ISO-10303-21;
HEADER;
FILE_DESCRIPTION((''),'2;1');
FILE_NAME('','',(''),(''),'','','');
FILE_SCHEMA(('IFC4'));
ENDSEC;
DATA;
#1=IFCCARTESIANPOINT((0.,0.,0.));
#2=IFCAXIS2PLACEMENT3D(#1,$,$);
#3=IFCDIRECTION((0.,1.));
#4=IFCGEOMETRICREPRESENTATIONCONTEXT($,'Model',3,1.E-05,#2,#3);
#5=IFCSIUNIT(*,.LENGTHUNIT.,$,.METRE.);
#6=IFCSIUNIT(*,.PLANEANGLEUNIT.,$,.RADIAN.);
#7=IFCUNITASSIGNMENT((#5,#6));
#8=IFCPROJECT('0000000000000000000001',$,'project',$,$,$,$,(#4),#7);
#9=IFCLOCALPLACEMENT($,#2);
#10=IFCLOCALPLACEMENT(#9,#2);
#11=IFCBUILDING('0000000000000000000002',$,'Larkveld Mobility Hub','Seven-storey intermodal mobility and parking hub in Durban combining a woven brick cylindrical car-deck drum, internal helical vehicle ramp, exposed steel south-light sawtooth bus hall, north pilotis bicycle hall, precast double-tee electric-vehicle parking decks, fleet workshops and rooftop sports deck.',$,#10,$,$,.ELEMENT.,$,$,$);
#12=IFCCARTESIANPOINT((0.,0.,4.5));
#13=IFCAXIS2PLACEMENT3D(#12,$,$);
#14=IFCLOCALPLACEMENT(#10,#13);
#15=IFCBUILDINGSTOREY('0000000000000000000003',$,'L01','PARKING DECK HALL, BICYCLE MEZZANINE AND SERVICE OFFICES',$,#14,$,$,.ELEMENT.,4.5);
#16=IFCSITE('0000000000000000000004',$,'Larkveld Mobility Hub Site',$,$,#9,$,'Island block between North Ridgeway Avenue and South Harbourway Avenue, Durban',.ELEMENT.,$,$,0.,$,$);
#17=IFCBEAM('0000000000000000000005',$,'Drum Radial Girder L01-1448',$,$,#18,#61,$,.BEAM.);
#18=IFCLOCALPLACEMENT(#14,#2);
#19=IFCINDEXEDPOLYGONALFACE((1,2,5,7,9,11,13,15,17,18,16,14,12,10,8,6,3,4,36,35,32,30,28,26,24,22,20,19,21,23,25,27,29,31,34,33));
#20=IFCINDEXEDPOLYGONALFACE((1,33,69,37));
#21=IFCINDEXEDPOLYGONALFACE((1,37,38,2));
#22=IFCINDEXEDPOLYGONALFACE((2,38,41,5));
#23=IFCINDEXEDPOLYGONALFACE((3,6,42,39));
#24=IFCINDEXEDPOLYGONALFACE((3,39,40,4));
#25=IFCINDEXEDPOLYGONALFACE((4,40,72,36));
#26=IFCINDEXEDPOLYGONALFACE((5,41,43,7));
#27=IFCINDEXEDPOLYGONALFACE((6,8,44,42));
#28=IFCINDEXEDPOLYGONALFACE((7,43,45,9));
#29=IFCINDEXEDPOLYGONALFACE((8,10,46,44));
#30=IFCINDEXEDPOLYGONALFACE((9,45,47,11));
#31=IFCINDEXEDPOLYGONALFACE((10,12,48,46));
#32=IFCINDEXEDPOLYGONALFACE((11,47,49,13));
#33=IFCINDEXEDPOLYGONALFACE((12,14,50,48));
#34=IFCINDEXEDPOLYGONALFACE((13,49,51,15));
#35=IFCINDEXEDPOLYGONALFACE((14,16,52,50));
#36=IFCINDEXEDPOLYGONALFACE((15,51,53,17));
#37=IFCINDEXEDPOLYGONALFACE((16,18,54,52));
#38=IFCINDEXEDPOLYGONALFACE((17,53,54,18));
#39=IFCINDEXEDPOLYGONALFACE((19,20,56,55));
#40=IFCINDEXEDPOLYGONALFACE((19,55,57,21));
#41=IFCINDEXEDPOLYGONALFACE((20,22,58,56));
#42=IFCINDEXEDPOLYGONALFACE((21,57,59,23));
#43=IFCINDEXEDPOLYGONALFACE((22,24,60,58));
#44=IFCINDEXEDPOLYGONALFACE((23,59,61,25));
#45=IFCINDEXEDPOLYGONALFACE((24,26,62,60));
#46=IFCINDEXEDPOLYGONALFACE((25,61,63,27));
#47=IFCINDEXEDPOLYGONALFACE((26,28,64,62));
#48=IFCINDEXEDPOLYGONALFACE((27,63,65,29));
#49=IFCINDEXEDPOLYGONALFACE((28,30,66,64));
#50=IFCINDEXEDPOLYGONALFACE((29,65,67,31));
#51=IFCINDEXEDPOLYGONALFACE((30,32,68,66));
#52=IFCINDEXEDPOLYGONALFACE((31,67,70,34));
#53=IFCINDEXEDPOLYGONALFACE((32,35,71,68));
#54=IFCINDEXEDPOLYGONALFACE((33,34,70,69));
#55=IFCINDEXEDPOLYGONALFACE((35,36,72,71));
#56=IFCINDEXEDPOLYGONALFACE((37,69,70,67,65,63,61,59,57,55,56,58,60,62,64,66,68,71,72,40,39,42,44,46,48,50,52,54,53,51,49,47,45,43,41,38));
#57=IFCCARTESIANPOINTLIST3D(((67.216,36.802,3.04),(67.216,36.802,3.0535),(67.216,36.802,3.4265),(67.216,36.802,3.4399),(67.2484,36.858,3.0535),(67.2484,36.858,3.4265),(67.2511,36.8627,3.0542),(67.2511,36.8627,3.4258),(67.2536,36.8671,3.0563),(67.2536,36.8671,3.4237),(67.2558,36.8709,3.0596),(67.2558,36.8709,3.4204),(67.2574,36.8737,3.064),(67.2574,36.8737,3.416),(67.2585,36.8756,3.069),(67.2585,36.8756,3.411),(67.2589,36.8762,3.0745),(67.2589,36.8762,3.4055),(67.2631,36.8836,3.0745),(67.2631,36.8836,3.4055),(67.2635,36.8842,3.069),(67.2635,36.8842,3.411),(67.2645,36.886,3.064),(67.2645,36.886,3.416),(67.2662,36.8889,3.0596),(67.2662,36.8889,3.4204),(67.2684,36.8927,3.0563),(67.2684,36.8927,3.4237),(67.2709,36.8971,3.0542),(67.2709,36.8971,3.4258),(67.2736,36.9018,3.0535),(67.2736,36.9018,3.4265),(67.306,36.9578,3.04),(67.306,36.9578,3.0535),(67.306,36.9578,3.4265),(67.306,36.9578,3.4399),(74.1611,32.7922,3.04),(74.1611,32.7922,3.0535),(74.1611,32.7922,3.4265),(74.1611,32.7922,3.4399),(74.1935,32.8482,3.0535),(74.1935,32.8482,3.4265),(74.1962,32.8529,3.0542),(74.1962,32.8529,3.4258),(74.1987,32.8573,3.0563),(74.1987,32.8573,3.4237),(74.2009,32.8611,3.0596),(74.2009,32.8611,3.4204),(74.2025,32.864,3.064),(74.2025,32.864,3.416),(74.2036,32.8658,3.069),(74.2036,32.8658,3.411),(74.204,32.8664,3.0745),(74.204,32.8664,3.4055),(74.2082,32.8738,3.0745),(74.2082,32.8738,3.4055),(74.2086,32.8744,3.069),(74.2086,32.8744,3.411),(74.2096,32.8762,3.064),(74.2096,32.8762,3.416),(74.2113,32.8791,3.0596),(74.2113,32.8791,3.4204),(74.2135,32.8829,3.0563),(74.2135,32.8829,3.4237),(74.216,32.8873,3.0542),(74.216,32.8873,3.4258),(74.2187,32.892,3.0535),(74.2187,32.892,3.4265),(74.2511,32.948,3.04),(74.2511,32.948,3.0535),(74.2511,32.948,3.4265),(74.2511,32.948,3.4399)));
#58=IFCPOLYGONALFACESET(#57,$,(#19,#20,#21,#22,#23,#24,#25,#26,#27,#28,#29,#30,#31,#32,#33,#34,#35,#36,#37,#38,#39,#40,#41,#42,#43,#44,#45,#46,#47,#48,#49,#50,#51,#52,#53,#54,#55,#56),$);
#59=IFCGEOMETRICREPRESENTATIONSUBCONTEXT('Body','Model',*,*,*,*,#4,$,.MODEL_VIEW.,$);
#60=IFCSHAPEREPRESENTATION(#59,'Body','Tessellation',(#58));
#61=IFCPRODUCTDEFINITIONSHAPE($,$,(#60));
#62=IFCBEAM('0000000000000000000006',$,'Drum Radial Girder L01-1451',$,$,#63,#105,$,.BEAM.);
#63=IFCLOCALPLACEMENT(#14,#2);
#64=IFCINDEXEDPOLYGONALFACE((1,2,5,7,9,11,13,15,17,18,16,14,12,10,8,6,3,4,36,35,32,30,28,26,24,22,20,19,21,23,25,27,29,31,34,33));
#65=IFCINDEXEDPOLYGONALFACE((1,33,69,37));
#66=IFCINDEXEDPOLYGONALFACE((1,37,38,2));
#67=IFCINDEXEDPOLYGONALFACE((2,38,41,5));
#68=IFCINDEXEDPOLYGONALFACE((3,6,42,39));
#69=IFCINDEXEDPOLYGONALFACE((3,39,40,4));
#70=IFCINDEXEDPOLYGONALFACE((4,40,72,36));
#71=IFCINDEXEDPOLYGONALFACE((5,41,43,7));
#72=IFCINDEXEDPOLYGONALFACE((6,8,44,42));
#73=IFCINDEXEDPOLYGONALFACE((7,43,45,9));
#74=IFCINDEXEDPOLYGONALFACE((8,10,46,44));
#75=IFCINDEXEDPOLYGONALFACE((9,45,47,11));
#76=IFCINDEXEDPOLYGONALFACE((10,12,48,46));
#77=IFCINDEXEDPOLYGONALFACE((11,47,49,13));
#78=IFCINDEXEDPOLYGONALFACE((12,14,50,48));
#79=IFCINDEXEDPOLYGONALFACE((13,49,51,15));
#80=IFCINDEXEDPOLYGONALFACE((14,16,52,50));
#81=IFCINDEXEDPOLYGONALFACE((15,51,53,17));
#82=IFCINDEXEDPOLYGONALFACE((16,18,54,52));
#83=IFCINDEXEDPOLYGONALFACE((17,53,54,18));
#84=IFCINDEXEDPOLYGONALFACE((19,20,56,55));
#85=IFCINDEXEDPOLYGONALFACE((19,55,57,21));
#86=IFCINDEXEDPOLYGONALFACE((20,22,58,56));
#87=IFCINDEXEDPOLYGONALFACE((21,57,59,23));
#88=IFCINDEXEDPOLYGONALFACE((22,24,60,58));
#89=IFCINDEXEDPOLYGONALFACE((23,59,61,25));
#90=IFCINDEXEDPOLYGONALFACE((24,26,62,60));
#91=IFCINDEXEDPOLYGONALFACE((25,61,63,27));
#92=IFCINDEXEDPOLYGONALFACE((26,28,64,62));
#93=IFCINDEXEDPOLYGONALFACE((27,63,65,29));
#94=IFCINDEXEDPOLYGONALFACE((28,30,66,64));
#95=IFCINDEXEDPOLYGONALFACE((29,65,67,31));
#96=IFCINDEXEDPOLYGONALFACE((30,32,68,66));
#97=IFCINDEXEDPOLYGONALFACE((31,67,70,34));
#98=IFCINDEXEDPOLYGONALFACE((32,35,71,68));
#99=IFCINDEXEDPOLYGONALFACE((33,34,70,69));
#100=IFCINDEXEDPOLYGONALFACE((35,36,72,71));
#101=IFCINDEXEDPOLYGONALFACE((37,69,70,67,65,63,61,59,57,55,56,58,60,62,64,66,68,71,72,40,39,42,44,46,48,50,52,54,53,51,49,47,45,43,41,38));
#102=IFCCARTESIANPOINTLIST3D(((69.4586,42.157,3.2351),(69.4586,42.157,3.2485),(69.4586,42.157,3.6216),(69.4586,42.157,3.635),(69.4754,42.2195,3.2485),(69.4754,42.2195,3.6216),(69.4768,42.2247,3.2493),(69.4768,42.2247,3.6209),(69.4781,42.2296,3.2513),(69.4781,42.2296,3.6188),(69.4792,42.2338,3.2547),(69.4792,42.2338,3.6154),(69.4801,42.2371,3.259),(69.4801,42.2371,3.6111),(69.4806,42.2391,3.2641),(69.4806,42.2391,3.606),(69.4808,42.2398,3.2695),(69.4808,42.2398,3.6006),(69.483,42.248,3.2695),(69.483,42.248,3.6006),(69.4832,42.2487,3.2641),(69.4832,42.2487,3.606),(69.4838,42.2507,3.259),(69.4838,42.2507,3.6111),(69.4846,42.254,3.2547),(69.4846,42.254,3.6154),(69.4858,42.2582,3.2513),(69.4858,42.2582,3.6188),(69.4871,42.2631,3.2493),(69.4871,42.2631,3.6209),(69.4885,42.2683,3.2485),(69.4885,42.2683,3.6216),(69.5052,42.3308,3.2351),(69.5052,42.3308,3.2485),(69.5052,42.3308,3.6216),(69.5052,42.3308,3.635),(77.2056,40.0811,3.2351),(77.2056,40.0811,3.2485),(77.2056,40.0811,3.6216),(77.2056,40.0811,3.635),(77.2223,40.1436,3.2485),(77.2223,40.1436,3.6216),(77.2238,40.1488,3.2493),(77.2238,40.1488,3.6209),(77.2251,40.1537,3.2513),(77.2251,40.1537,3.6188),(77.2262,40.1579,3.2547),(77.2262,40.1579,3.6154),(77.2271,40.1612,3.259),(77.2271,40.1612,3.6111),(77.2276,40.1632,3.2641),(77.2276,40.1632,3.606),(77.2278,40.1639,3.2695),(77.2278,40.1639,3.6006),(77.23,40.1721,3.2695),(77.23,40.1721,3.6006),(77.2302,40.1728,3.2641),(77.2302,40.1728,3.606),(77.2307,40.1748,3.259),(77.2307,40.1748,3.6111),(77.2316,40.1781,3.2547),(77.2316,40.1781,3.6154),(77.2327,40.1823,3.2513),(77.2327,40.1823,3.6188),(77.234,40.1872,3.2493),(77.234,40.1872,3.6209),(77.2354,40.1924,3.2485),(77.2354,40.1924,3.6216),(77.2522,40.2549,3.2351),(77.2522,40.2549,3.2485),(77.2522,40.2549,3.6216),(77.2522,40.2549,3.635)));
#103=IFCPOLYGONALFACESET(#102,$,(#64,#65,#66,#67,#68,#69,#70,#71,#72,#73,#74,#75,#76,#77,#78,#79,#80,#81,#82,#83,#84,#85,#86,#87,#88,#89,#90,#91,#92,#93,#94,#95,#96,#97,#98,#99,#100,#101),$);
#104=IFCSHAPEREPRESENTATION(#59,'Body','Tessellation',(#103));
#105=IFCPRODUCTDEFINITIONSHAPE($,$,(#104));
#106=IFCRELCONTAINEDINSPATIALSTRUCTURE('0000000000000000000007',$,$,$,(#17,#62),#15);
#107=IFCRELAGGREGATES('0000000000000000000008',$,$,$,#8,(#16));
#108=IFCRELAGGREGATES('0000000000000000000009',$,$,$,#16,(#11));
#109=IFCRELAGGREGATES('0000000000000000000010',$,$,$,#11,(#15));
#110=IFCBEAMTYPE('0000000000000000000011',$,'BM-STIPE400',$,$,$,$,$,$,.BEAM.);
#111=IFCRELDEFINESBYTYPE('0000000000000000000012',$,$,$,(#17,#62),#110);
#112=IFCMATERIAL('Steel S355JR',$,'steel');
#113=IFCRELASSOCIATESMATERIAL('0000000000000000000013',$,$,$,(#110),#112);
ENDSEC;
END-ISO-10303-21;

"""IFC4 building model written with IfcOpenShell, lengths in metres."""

from ifc_helpers import new_model, si_unit, direction, frame, origin, origin_2d, place, context, subcontext, project, spatial, i_section, extrude, material, material_profile, profile_set, type_object, element, save


model = new_model("IFC4")

# Units and contexts
model_context = context("Model", 3, precision=1e-05, world=origin(), true_north=direction((0.0, 1.0)))
body_context = subcontext(model_context, "Body", "Model", "MODEL_VIEW")
ifc_project = project(units=[si_unit("LENGTHUNIT", "METRE"), si_unit("PLANEANGLEUNIT", "RADIAN")], contexts=[model_context])

# Site, building, storey
site_placement = place(None, origin())
site = spatial("IfcSite", under=ifc_project, at=site_placement, Name="Larkveld Mobility Hub Site", LongName="Island block between North Ridgeway Avenue and South Harbourway Avenue, Durban", CompositionType="ELEMENT", RefElevation=0.0)
building_placement = place(site_placement, origin())
building = spatial("IfcBuilding", under=site, at=building_placement, Name="Larkveld Mobility Hub", Description="Seven-storey intermodal mobility and parking hub in Durban combining a woven brick cylindrical car-deck drum, internal helical vehicle ramp, exposed steel south-light sawtooth bus hall, north pilotis bicycle hall, precast double-tee electric-vehicle parking decks, fleet workshops and rooftop sports deck.", CompositionType="ELEMENT")
storey_placement = place(building_placement, frame((0.0, 0.0, 4.5)))
storey = spatial("IfcBuildingStorey", under=building, at=storey_placement, Name="L01", Description="PARKING DECK HALL, BICYCLE MEZZANINE AND SERVICE OFFICES", CompositionType="ELEMENT", Elevation=4.5)

# Beams
ifc_material_1 = material(Name="Steel S355JR", Category="steel")
ifc_material_profile_1 = material_profile(ifc_material_1, i_section(OverallWidth=0.1799, OverallDepth=0.3999, WebThickness=0.0085, FlangeThickness=0.0134, FilletRadius=0.021, at=origin_2d()), Name="IPE 400")
ifc_profile_set_1 = profile_set([ifc_material_profile_1], Name="Steel S355JR")
beam_type_1 = type_object("IfcBeamType", Name="BM-STIPE400", PredefinedType="BEAM", material=ifc_profile_set_1)
beam_1_placement = place(storey_placement, frame((67.261, 36.8799, 3.24), z_axis=(0.866024, -0.500003, 0.0), x_axis=(0.500003, 0.866024, 0.0)))
element("IfcBeam", 1, at=beam_1_placement, inside=storey, type_object=beam_type_1, Name="Drum Radial Girder L01-1448", PredefinedType="BEAM", context=body_context, shape_type="SweptSolid", body=[
    extrude(i_section(OverallWidth=0.1799, OverallDepth=0.3999, WebThickness=0.0085, FlangeThickness=0.0134, FilletRadius=0.021, at=origin_2d()), origin(), (0.0, 0.0, 1.0), 8.0195),
])
beam_2_placement = place(storey_placement, frame((69.4819, 42.2439, 3.4351), z_axis=(0.965923, -0.258831, 0.0), x_axis=(0.258831, 0.965923, 0.0)))
element("IfcBeam", 2, at=beam_2_placement, inside=storey, type_object=beam_type_1, Name="Drum Radial Girder L01-1451", PredefinedType="BEAM", context=body_context, shape_type="SweptSolid", body=[
    extrude(i_section(OverallWidth=0.1799, OverallDepth=0.3999, WebThickness=0.0085, FlangeThickness=0.0134, FilletRadius=0.021, at=origin_2d()), origin(), (0.0, 0.0, 1.0), 8.0203),
])

save(model, "model.ifc")
